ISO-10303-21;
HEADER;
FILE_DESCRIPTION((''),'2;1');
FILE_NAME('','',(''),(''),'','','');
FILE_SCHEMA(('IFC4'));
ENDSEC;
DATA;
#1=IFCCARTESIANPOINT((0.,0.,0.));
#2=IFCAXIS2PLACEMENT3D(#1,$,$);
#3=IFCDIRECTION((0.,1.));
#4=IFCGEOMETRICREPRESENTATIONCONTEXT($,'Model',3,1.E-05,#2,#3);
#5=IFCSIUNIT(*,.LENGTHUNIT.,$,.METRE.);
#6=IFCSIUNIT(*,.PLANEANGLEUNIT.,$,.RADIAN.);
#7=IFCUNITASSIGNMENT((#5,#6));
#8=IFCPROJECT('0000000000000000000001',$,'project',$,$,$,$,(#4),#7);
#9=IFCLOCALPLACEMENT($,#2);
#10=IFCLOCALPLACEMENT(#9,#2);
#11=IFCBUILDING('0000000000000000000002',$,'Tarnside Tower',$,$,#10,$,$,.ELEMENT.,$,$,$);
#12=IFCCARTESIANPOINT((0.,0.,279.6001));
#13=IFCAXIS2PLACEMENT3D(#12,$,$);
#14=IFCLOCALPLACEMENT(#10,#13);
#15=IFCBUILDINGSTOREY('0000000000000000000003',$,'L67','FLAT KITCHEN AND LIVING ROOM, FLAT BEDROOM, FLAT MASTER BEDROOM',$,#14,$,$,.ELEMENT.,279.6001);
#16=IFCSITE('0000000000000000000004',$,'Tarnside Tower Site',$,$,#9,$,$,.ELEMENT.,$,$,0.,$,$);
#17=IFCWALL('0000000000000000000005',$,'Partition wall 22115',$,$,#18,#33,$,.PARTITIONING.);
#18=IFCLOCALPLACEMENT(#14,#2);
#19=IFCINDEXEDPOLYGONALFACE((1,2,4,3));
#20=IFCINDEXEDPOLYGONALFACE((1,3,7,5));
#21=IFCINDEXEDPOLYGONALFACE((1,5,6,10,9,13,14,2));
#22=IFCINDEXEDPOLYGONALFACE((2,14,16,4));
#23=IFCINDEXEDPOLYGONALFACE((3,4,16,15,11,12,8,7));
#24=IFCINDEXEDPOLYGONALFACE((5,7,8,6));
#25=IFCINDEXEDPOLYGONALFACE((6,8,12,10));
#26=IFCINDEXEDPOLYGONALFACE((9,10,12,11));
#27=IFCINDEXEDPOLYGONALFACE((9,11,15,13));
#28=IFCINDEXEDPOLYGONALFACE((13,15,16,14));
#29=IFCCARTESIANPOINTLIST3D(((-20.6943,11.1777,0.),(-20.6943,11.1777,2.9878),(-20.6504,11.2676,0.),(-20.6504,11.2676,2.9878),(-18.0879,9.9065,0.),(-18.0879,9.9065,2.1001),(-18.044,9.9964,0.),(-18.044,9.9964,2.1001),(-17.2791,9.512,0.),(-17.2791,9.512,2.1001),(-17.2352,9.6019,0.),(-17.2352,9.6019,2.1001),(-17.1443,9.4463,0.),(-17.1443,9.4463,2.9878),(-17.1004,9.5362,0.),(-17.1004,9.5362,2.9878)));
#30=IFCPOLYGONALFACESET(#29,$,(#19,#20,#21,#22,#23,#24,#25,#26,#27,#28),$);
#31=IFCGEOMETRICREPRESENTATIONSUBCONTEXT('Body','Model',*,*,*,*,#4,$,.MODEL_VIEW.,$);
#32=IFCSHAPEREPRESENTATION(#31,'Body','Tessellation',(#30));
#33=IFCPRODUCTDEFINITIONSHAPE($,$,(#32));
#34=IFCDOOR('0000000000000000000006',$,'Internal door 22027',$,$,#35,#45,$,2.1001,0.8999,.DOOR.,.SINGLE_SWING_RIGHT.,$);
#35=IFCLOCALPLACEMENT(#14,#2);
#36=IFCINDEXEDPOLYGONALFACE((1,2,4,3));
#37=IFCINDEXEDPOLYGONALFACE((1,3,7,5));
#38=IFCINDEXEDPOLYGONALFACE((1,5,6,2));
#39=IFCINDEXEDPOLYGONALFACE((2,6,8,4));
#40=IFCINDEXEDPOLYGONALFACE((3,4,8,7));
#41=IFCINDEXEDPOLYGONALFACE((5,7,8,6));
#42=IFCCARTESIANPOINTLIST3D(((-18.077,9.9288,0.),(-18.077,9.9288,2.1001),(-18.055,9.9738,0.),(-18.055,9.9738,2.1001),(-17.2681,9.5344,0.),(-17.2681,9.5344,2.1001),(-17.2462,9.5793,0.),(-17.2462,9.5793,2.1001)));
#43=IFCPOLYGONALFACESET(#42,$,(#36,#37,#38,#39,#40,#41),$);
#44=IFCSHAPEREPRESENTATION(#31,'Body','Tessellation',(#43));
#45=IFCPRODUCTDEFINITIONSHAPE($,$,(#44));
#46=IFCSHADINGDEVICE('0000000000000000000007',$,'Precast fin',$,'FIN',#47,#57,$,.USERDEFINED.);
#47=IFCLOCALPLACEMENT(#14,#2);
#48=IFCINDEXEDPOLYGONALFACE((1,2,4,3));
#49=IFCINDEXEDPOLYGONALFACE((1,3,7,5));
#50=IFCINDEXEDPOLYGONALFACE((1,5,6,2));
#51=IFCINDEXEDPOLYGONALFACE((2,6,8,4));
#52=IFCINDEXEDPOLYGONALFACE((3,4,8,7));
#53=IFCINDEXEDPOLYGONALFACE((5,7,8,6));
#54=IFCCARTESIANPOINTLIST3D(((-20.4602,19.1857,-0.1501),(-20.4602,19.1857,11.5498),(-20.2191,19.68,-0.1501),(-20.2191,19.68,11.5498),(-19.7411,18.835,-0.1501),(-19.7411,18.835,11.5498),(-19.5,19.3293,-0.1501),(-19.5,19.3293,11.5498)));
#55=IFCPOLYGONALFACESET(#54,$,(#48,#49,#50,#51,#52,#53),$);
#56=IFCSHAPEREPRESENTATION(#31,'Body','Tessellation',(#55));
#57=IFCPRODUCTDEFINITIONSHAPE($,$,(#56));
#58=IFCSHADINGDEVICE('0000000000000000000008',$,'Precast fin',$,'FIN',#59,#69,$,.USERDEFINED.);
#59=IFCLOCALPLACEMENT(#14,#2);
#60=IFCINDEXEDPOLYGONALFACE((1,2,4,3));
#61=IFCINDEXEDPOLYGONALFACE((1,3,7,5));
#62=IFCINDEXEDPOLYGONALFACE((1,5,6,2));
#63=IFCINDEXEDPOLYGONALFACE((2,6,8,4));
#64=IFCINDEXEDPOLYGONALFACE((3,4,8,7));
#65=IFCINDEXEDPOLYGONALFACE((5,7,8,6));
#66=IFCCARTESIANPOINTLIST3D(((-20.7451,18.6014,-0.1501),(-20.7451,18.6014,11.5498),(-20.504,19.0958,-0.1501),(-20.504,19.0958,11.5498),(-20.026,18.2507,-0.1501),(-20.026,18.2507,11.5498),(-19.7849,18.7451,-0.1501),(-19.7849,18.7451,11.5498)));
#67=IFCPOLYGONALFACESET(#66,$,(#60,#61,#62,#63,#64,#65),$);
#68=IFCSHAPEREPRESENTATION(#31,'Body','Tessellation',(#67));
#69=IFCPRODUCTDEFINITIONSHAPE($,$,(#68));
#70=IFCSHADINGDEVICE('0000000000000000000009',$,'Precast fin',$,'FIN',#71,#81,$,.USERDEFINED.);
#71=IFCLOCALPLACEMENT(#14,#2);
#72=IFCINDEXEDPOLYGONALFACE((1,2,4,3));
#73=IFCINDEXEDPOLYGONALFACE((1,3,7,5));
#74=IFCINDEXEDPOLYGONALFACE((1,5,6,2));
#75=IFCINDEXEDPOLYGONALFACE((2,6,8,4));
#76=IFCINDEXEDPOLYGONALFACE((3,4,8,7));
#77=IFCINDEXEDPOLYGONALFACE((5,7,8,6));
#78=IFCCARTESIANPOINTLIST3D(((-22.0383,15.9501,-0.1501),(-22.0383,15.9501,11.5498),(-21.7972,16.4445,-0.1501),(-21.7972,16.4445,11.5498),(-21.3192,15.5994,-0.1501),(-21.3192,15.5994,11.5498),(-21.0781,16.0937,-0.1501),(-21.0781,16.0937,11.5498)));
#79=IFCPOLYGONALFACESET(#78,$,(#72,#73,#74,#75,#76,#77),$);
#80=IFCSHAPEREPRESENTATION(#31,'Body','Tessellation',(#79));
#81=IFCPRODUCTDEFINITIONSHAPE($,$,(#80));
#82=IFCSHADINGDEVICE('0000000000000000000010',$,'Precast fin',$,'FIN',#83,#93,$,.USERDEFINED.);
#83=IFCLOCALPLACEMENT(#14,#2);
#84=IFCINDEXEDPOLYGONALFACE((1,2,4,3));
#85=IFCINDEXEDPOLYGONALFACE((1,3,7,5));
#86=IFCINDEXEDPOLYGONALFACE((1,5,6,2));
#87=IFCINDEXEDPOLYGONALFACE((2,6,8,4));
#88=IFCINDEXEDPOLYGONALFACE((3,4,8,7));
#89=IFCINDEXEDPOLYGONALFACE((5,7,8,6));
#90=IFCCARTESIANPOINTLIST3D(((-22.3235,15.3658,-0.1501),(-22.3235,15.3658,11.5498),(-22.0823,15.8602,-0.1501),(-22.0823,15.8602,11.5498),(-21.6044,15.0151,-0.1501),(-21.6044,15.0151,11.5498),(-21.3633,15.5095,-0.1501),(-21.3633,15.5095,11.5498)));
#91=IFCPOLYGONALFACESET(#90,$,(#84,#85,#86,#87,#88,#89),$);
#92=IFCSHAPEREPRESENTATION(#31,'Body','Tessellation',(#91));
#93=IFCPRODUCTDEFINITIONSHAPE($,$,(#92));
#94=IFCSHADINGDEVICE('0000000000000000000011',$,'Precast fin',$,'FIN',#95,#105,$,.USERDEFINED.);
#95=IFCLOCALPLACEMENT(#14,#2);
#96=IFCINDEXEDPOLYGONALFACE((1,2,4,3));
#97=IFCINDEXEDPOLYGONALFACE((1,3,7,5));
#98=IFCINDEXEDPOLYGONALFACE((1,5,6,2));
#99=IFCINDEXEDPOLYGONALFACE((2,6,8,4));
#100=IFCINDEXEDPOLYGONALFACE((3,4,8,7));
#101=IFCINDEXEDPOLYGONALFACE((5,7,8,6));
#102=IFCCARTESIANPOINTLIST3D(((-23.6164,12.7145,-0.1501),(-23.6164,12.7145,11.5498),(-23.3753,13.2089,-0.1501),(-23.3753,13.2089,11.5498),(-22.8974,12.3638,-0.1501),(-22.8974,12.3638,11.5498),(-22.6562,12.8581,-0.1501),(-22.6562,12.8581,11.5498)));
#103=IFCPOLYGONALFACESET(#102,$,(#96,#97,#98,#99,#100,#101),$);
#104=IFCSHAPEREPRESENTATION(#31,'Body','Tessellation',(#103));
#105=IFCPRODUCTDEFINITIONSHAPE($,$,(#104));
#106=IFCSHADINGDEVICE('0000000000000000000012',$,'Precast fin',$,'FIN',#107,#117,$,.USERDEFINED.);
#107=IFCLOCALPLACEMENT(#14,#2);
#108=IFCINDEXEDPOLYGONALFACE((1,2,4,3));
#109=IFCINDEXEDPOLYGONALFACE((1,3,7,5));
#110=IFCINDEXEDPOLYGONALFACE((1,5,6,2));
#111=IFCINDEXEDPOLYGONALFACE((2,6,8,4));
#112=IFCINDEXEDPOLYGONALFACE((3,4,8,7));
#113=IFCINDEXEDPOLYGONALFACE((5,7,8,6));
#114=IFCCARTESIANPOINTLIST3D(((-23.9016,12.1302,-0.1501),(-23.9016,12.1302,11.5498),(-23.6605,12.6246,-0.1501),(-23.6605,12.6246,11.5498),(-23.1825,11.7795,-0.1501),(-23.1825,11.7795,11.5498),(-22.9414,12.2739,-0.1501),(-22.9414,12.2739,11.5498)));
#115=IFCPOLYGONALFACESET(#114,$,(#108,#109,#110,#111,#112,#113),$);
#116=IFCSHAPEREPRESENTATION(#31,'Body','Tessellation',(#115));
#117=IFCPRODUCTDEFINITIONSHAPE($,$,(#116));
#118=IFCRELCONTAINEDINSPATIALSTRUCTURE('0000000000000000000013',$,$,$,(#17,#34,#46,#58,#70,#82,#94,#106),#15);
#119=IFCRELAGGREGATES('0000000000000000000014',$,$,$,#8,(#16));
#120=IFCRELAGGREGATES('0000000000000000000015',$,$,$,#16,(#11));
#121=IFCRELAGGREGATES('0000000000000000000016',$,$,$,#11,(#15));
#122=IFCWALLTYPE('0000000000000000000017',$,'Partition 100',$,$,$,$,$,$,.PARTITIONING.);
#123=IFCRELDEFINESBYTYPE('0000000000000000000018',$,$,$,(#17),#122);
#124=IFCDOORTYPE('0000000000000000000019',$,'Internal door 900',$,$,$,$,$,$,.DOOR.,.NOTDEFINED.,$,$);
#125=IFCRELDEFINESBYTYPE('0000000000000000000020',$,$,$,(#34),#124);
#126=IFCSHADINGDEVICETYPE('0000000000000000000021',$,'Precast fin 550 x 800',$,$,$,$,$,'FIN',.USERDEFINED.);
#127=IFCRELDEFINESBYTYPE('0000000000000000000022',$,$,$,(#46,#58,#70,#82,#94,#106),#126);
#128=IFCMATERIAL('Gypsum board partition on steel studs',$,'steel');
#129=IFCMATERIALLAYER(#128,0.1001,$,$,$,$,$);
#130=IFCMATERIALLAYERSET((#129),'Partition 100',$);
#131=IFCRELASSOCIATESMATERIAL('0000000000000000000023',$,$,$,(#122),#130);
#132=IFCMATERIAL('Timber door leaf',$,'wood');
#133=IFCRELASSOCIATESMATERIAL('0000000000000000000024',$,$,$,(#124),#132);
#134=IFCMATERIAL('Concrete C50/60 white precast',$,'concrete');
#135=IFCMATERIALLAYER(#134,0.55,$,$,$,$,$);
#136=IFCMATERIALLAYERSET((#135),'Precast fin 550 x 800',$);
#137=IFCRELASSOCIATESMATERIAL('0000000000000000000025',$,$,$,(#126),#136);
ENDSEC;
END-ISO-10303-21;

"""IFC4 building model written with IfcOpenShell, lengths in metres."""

from ifc_helpers import new_model, si_unit, direction, frame, frame_2d, origin, place, context, subcontext, project, spatial, polyline, rectangle, outline, extrude, material, layer, layer_set, type_object, element, fill, save


model = new_model("IFC4")

# Units and contexts
model_context = context("Model", 3, precision=1e-05, world=origin(), true_north=direction((0.0, 1.0)))
body_context = subcontext(model_context, "Body", "Model", "MODEL_VIEW")
ifc_project = project(units=[si_unit("LENGTHUNIT", "METRE"), si_unit("PLANEANGLEUNIT", "RADIAN")], contexts=[model_context])

# Site, building, storey
site_placement = place(None, origin())
site = spatial("IfcSite", under=ifc_project, at=site_placement, Name="Tarnside Tower Site", CompositionType="ELEMENT", RefElevation=0.0)
building_placement = place(site_placement, origin())
building = spatial("IfcBuilding", under=site, at=building_placement, Name="Tarnside Tower", CompositionType="ELEMENT")
storey_placement = place(building_placement, frame((0.0, 0.0, 279.6001)))
storey = spatial("IfcBuildingStorey", under=building, at=storey_placement, Name="L67", Description="FLAT KITCHEN AND LIVING ROOM, FLAT BEDROOM, FLAT MASTER BEDROOM", CompositionType="ELEMENT", Elevation=279.6001)

# Shared definitions
ifc_material_1 = material(Name="Gypsum board partition on steel studs", Category="steel")

# Wall, opening, door
ifc_layer_1 = layer(ifc_material_1, 0.1001)
ifc_layer_set_1 = layer_set([ifc_layer_1], Name="Partition 100")
wall_type_1 = type_object("IfcWallType", Name="Partition 100", PredefinedType="PARTITIONING", material=ifc_layer_set_1)
wall_1_placement = place(storey_placement, frame((-20.6724, 11.2227, 0.0), z_axis=(0.0, 0.0, 1.0), x_axis=(0.898797, -0.438365, 0.0)))
wall_1 = element("IfcWall", 1, at=wall_1_placement, inside=storey, type_object=wall_type_1, Name="Partition wall 22115", PredefinedType="PARTITIONING", context=body_context, shape_type="SweptSolid", body=[
    extrude(rectangle(XDim=3.9497, YDim=0.1001, at=frame_2d((1.9749, 0.0))), origin(), (0.0, 0.0, 1.0), 2.9878),
])
opening_placement = place(wall_1_placement, frame((2.8999, 0.0, 0.0)))
opening = element("IfcOpeningElement", 2, at=opening_placement, cuts=wall_1, PredefinedType="OPENING", context=body_context, shape_type="SweptSolid", body=[
    extrude(rectangle(XDim=0.8999, YDim=2.1001, at=frame_2d((0.45, 1.05))), frame((0.0, 0.0601, 0.0), z_axis=(0.0, -1.0, 0.0), x_axis=(1.0, 0.0, 0.0)), (0.0, 0.0, 1.0), 0.1201),
])
ifc_material_2 = material(Name="Timber door leaf", Category="wood")
door_type = type_object("IfcDoorType", Name="Internal door 900", OperationType="NOTDEFINED", PredefinedType="DOOR", material=ifc_material_2)
door_placement = place(opening_placement, origin())
door = element("IfcDoor", 3, at=door_placement, inside=storey, type_object=door_type, Name="Internal door 22027", OperationType="SINGLE_SWING_RIGHT", OverallHeight=2.1001, OverallWidth=0.8999, PredefinedType="DOOR", context=body_context, shape_type="SweptSolid", body=[
    extrude(rectangle(XDim=0.8999, YDim=2.1001, at=frame_2d((0.45, 1.05))), frame((0.0, 0.0249, 0.0), z_axis=(0.0, -1.0, 0.0), x_axis=(1.0, 0.0, 0.0)), (0.0, 0.0, 1.0), 0.05),
])
fill(opening, door)

# Shading devices
ifc_material_3 = material(Name="Concrete C50/60 white precast", Category="concrete")
ifc_layer_2 = layer(ifc_material_3, 0.55)
ifc_layer_set_2 = layer_set([ifc_layer_2], Name="Precast fin 550 x 800")
shading_device_type = type_object("IfcShadingDeviceType", Name="Precast fin 550 x 800", ElementType="FIN", PredefinedType="USERDEFINED", material=ifc_layer_set_2)
for number, where, z_axis, x_axis, name in (
    (4, (-19.6206, 19.082, -0.1501), (0.438371, 0.898794, 0.0), (-0.898794, 0.438371, 0.0), "Precast fin"),
    (5, (-19.9055, 18.4978, -0.1501), (0.438371, 0.898794, 0.0), (-0.898794, 0.438371, 0.0), "Precast fin"),
    (6, (-21.1987, 15.8464, -0.1501), (0.438371, 0.898794, 0.0), (-0.898794, 0.438371, 0.0), "Precast fin"),
    (7, (-21.4839, 15.2622, -0.1501), (0.438371, 0.898794, 0.0), (-0.898794, 0.438371, 0.0), "Precast fin"),
    (8, (-22.7769, 12.6108, -0.1501), (0.438371, 0.898794, 0.0), (-0.898794, 0.438371, 0.0), "Precast fin"),
    (9, (-23.062, 12.0266, -0.1501), (0.438371, 0.898794, 0.0), (-0.898794, 0.438371, 0.0), "Precast fin"),
):
    element("IfcShadingDevice", number, at=place(storey_placement, frame(where, z_axis=z_axis, x_axis=x_axis)), inside=storey, type_object=shading_device_type, Name=name, ObjectType="FIN", PredefinedType="USERDEFINED", context=body_context, shape_type="SweptSolid", body=[
        extrude(outline(polyline([(0.0, 0.0), (0.8, 0.0), (0.8, 11.7), (0.0, 11.7), (0.0, 0.0)])), frame((0.0, 0.0, -0.2749)), (0.0, 0.0, 1.0), 0.55),
    ])

save(model, "model.ifc")
